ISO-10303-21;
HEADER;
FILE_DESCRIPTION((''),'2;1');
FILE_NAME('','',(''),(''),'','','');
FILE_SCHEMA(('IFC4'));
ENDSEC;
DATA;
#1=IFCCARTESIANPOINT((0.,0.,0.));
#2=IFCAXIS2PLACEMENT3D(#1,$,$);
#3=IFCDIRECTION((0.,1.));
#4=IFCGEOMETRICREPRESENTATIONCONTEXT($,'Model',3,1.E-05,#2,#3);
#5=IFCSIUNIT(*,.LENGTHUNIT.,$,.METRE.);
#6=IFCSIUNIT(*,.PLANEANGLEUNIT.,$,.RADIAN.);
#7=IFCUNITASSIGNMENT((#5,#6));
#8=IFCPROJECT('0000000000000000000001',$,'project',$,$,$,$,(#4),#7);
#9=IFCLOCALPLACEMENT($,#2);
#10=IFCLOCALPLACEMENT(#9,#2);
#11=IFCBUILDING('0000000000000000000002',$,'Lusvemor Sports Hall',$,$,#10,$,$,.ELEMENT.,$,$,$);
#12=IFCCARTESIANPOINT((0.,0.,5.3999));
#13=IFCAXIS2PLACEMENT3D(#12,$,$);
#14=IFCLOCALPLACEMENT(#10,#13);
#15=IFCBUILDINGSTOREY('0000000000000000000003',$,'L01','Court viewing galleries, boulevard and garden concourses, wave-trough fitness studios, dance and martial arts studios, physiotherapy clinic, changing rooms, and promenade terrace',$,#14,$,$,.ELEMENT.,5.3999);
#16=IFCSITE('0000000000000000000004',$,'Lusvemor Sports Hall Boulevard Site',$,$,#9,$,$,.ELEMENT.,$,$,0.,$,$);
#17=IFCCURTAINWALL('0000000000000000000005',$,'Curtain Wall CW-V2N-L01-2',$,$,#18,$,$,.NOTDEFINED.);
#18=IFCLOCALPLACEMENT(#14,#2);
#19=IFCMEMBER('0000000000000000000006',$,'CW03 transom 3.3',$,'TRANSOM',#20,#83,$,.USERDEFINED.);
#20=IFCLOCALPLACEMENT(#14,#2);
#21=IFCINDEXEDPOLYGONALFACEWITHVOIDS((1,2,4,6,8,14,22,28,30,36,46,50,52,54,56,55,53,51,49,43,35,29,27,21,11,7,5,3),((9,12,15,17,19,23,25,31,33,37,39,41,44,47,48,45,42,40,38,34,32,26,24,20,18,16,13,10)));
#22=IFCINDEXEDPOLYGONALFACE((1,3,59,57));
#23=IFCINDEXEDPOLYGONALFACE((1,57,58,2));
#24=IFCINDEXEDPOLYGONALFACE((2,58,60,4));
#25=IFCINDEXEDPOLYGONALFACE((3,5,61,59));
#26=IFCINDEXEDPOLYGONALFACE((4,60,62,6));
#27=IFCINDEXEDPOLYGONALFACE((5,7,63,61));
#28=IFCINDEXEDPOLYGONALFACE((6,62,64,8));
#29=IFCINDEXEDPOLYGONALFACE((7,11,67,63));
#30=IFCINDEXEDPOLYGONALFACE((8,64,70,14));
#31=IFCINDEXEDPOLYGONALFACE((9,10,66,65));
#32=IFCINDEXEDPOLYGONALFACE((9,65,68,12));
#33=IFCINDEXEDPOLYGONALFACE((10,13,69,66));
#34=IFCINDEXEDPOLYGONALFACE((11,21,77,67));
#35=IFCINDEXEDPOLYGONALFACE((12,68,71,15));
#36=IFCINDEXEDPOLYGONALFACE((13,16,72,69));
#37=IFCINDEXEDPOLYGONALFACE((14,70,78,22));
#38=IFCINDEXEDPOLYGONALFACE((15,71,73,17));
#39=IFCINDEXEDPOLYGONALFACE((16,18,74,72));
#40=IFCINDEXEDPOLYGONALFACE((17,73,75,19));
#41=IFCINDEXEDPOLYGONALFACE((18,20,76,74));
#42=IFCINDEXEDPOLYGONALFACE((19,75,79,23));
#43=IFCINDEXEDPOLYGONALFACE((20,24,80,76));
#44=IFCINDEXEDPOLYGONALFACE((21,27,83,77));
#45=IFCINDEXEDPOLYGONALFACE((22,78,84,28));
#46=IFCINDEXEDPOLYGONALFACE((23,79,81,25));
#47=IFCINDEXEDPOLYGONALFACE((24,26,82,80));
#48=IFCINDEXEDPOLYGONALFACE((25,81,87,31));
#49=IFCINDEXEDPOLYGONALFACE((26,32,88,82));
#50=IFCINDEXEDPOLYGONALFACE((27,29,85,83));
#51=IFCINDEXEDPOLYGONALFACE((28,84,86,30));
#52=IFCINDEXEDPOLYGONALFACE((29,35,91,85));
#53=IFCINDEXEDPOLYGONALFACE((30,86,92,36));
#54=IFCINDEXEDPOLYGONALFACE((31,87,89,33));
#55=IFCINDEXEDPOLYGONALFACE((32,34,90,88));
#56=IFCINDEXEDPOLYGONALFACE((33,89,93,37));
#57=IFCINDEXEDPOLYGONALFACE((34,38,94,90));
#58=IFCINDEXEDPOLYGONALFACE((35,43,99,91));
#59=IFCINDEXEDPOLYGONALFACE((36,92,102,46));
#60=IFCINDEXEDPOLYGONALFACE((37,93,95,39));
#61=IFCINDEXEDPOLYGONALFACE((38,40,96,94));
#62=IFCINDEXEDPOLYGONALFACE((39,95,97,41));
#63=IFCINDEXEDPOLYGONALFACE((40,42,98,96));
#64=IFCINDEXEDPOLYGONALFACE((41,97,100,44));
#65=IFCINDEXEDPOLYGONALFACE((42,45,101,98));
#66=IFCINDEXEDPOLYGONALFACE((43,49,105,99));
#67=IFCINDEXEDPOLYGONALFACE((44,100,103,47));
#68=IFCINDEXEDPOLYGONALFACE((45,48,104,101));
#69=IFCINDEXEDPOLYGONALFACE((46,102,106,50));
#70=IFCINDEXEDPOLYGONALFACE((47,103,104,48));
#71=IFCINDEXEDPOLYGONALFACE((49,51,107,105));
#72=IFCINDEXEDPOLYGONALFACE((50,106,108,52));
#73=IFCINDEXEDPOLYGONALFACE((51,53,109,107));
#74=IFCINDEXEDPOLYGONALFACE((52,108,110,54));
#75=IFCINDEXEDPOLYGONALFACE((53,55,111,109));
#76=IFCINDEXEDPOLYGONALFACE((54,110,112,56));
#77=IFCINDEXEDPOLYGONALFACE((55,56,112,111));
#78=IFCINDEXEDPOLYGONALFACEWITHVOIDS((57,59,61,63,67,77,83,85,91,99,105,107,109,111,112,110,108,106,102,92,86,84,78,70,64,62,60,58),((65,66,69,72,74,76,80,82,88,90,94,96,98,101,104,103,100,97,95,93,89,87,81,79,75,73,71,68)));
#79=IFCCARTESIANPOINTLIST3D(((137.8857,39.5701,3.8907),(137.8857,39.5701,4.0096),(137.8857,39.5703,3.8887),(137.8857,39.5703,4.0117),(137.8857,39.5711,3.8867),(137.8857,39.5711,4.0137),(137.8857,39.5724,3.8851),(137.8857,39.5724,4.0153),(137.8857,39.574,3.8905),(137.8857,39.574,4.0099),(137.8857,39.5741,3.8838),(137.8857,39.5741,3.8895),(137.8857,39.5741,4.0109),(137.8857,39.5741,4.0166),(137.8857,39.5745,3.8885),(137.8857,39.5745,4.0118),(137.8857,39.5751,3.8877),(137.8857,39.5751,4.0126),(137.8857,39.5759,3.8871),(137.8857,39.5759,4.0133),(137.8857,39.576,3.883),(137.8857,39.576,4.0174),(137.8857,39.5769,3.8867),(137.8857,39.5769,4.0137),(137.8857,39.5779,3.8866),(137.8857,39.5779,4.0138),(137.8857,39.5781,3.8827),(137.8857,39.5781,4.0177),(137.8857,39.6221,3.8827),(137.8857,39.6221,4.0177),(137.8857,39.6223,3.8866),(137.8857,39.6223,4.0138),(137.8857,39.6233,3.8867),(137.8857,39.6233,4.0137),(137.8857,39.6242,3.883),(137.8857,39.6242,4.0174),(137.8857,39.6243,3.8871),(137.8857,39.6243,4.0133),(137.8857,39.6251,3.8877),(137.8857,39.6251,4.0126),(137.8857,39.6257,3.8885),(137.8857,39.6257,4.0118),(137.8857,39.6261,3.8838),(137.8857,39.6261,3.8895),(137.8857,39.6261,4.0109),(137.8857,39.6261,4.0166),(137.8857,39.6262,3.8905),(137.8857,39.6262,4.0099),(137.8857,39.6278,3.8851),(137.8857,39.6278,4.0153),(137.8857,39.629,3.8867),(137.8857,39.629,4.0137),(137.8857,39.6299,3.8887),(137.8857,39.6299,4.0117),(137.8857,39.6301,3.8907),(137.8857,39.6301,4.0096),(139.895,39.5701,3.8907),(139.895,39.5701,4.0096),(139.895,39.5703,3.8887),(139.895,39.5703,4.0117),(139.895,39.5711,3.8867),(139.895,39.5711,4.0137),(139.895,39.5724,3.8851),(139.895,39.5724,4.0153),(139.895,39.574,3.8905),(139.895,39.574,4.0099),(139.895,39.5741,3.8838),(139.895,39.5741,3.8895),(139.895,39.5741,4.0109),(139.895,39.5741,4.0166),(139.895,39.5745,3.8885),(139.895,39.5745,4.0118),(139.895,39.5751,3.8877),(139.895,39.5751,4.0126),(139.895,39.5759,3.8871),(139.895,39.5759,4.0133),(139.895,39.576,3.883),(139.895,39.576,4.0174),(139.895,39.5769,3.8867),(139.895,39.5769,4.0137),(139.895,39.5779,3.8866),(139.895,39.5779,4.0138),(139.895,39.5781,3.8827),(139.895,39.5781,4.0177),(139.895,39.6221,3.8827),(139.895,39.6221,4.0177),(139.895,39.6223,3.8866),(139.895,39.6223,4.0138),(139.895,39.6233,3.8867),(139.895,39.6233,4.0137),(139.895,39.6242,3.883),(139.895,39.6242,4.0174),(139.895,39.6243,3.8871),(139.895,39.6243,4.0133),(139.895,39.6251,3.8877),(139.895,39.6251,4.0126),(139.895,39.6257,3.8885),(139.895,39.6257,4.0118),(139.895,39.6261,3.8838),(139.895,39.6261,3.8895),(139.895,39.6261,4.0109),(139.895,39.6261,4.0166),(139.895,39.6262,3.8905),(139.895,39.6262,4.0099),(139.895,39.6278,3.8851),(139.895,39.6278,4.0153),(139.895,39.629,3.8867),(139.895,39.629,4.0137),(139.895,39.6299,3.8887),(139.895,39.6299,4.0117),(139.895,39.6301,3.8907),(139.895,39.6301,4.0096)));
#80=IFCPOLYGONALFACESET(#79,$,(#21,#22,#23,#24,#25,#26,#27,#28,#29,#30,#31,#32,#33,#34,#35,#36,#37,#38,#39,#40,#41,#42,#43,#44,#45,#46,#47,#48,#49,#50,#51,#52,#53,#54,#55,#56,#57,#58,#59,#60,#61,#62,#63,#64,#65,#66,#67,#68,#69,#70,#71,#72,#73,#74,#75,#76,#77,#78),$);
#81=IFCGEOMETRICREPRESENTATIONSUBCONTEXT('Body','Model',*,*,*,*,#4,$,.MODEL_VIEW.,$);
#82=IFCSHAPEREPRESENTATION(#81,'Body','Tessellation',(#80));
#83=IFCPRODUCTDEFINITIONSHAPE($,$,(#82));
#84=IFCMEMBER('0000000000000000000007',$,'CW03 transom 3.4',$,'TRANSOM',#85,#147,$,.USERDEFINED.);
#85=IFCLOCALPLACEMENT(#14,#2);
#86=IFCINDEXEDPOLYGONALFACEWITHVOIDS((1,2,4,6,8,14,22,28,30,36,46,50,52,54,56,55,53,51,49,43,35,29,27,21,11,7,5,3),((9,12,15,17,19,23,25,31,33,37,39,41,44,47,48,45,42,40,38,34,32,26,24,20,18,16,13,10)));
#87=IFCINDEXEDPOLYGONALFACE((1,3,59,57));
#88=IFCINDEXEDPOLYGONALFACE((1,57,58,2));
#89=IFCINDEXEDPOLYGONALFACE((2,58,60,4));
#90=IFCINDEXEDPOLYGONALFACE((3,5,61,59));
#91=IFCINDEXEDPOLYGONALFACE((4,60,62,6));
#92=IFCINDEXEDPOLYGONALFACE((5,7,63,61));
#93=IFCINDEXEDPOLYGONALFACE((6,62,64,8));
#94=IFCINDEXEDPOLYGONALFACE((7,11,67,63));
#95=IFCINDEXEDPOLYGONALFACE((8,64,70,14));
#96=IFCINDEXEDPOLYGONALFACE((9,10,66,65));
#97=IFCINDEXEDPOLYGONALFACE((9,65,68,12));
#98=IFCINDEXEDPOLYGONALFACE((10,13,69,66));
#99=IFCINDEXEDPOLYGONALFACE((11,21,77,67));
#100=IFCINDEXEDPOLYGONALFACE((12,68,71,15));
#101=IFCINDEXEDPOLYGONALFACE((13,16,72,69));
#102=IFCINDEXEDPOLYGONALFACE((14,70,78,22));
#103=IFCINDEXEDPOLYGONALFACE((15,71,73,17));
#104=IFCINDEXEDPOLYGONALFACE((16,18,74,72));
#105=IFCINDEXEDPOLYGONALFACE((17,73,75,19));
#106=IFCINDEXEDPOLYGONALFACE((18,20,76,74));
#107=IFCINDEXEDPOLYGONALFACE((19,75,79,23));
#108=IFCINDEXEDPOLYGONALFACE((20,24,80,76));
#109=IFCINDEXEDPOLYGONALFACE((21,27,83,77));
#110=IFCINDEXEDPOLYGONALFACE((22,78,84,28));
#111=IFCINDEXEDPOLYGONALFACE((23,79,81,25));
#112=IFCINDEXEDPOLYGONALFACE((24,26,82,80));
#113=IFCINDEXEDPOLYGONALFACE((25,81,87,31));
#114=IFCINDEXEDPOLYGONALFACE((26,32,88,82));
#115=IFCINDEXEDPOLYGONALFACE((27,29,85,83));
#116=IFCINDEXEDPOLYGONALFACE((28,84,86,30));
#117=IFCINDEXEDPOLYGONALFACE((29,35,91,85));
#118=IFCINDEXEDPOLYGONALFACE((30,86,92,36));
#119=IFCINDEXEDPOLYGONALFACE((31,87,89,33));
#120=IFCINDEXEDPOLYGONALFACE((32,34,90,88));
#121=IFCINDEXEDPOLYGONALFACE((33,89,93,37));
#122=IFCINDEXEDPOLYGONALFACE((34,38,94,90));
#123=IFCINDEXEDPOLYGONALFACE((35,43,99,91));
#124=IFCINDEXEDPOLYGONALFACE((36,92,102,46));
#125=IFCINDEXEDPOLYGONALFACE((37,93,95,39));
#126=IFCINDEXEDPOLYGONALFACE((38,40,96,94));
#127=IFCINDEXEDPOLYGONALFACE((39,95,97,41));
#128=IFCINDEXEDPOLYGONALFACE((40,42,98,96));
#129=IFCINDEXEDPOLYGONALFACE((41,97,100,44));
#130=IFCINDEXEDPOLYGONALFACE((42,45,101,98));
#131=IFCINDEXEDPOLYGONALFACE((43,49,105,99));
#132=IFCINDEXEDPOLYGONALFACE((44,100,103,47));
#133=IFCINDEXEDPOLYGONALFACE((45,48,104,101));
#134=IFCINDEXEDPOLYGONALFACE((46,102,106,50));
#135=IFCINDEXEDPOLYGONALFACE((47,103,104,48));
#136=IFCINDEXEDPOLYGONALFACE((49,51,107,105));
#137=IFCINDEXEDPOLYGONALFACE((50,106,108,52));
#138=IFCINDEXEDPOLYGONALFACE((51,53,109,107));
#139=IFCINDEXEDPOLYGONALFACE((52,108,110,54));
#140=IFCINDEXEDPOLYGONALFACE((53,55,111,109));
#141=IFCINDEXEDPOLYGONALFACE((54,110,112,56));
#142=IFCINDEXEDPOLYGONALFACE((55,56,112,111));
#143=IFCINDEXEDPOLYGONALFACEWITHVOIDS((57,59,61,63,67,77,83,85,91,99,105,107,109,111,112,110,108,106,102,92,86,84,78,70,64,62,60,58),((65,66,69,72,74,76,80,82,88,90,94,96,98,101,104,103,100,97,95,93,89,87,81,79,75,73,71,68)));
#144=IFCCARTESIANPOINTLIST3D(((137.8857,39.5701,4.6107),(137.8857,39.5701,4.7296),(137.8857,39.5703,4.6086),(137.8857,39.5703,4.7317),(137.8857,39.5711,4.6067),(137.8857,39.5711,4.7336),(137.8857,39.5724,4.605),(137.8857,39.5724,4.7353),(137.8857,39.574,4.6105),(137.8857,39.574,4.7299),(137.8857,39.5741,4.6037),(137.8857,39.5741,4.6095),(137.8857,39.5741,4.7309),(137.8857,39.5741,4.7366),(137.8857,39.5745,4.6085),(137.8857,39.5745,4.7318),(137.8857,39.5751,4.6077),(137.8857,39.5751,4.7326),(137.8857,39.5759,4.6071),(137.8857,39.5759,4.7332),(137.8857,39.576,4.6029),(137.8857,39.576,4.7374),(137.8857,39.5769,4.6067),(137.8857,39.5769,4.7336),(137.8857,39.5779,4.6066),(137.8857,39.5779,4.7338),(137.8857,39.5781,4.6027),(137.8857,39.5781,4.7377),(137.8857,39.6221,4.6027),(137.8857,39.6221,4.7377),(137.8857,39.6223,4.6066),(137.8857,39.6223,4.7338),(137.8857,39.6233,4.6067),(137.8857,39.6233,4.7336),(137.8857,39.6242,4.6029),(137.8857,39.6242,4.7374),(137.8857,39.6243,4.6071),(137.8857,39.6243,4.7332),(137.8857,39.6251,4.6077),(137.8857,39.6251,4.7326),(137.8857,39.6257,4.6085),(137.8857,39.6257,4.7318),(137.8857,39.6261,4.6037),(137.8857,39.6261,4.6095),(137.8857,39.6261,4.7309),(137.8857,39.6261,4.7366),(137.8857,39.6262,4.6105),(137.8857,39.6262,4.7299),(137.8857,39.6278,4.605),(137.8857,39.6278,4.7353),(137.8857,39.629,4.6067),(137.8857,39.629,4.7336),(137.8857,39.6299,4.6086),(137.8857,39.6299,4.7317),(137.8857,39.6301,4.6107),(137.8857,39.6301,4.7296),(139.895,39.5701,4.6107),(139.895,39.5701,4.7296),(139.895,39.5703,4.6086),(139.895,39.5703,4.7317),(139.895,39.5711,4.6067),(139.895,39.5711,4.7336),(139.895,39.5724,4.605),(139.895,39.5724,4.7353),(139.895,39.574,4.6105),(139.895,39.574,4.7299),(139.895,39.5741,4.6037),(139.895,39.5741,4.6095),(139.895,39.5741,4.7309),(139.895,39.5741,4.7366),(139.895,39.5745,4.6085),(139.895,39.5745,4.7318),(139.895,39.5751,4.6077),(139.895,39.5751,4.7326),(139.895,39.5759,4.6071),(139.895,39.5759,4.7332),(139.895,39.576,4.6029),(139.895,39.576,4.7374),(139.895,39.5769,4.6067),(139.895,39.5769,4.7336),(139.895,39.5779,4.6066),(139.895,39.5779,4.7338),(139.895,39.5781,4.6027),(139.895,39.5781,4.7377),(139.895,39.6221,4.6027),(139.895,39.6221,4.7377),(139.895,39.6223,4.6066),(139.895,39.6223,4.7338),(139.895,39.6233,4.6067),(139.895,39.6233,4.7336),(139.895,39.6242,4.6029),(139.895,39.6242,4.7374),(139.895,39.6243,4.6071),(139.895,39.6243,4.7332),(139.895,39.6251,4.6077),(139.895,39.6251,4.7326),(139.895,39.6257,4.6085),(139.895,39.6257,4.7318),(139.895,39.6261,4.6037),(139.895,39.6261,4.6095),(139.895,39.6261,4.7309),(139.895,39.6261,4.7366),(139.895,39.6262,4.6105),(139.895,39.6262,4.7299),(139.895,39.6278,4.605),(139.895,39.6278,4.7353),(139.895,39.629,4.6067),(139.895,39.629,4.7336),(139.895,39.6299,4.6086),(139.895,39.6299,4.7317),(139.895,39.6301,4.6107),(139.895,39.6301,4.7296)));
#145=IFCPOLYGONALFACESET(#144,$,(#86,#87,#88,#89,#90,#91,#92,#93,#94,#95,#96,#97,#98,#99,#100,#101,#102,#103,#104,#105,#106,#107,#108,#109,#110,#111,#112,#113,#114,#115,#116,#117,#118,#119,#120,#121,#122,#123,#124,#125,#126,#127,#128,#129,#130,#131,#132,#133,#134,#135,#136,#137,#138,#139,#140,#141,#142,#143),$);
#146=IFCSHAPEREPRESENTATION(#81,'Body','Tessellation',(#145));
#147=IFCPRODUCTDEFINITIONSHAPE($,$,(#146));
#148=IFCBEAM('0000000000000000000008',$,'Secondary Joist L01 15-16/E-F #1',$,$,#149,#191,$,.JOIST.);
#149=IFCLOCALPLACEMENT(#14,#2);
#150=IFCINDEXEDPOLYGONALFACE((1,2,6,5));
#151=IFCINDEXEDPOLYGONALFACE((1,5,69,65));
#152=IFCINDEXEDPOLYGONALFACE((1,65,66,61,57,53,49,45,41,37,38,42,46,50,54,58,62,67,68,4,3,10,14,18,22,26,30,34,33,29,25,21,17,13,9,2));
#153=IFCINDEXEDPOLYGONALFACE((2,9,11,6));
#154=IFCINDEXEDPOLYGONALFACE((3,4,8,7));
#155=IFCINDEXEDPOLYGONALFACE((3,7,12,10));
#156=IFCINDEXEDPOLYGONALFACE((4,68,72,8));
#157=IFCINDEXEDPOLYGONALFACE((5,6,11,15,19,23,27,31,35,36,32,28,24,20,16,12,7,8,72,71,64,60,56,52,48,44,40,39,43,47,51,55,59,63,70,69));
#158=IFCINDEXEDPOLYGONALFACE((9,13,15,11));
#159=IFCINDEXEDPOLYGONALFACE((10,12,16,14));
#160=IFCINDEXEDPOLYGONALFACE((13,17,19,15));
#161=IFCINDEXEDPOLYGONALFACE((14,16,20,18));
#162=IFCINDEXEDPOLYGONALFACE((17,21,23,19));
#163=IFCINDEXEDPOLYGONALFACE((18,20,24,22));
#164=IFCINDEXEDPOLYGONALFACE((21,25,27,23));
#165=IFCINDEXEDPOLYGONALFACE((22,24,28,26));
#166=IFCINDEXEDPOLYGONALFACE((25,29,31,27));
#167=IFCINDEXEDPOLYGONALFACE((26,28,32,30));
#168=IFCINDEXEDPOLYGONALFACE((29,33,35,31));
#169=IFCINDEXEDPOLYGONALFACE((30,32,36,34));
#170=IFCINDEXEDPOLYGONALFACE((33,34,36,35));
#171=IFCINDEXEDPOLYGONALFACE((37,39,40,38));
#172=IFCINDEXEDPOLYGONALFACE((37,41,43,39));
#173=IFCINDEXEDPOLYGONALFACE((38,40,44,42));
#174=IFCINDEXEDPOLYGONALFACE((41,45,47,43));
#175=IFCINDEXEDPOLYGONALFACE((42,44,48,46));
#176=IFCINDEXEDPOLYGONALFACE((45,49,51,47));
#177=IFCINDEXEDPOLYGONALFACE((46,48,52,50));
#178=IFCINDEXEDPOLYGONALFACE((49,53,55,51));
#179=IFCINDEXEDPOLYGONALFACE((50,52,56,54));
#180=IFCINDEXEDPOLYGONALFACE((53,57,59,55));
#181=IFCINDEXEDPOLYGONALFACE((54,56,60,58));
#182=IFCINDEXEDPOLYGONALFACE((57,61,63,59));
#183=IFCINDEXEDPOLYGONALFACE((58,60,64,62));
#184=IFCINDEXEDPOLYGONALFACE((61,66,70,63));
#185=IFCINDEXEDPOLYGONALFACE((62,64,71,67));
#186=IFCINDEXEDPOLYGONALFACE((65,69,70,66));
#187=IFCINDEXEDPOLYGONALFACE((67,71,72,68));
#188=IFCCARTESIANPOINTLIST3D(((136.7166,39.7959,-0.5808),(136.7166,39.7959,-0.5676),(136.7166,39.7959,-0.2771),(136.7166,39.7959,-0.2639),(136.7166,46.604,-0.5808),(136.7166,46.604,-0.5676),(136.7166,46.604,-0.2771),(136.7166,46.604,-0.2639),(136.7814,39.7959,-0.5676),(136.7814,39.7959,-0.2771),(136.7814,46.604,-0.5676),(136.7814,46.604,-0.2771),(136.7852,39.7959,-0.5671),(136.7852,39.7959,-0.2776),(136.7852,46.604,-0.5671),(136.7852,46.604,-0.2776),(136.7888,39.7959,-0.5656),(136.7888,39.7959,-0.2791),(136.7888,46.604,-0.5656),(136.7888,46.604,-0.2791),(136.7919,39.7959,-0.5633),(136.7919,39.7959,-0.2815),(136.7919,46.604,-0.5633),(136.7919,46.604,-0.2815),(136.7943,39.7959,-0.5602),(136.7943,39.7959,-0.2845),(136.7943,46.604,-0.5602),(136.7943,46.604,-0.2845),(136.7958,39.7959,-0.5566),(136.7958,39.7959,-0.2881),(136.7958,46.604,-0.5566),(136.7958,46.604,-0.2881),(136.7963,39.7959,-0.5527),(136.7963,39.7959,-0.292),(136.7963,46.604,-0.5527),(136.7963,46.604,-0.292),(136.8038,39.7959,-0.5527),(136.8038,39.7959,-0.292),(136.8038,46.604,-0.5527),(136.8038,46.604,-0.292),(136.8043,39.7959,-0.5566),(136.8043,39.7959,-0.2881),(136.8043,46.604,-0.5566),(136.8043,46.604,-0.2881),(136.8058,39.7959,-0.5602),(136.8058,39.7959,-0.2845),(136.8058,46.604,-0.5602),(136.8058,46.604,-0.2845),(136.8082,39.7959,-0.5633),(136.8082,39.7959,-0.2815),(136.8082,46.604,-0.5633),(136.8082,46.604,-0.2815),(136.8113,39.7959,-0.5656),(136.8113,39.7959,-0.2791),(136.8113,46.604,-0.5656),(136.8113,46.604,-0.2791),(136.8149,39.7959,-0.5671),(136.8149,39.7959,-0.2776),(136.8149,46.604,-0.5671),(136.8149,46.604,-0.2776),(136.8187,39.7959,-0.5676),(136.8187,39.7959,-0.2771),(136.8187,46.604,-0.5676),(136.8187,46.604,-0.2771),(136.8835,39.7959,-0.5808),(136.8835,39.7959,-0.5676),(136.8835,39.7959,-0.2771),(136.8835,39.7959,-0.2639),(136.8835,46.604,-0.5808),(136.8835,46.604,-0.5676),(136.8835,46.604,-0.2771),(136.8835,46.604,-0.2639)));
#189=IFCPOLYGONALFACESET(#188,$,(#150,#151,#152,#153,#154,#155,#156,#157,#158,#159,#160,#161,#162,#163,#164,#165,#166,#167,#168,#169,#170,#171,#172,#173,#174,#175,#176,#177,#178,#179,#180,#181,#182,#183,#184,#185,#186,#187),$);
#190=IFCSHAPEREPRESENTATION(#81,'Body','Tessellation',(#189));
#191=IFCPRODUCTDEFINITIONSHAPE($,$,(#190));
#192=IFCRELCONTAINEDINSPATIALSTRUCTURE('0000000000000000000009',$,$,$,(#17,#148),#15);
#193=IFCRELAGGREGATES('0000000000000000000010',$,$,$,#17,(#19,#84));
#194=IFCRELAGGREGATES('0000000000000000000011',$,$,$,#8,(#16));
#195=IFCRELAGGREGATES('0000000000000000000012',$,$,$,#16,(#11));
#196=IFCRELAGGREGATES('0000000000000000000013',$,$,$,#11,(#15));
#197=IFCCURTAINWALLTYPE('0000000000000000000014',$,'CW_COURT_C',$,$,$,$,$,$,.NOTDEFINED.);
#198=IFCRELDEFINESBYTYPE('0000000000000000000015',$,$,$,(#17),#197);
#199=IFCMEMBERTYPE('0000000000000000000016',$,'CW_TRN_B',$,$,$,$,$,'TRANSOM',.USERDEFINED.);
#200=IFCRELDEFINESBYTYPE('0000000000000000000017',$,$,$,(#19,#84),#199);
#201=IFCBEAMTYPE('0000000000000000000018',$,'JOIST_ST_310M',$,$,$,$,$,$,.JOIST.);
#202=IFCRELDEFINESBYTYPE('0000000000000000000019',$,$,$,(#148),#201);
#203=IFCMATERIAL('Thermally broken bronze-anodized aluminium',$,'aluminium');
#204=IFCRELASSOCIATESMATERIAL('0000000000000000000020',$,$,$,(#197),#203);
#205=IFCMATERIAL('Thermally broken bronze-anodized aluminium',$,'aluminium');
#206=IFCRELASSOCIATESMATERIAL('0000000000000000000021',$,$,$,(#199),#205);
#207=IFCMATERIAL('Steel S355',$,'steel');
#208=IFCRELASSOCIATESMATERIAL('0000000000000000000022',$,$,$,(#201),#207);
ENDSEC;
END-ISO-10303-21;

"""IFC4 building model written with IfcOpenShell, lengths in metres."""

from ifc_helpers import new_model, si_unit, direction, frame, origin, origin_2d, place, context, subcontext, project, spatial, hollow_rectangle, i_section, extrude, material, material_profile, profile_set, type_object, element, aggregate, save


model = new_model("IFC4")

# Units and contexts
model_context = context("Model", 3, precision=1e-05, world=origin(), true_north=direction((0.0, 1.0)))
body_context = subcontext(model_context, "Body", "Model", "MODEL_VIEW")
ifc_project = project(units=[si_unit("LENGTHUNIT", "METRE"), si_unit("PLANEANGLEUNIT", "RADIAN")], contexts=[model_context])

# Site, building, storey
site_placement = place(None, origin())
site = spatial("IfcSite", under=ifc_project, at=site_placement, Name="Lusvemor Sports Hall Boulevard Site", CompositionType="ELEMENT", RefElevation=0.0)
building_placement = place(site_placement, origin())
building = spatial("IfcBuilding", under=site, at=building_placement, Name="Lusvemor Sports Hall", CompositionType="ELEMENT")
storey_placement = place(building_placement, frame((0.0, 0.0, 5.3999)))
storey = spatial("IfcBuildingStorey", under=building, at=storey_placement, Name="L01", Description="Court viewing galleries, boulevard and garden concourses, wave-trough fitness studios, dance and martial arts studios, physiotherapy clinic, changing rooms, and promenade terrace", CompositionType="ELEMENT", Elevation=5.3999)

# Curtain wall, members
ifc_material_1 = material(Name="Thermally broken bronze-anodized aluminium", Category="aluminium")
curtain_wall_type = type_object("IfcCurtainWallType", Name="CW_COURT_C", PredefinedType="NOTDEFINED", material=ifc_material_1)
curtain_wall_placement = place(storey_placement, origin())
curtain_wall = element("IfcCurtainWall", 1, at=curtain_wall_placement, inside=storey, type_object=curtain_wall_type, Name="Curtain Wall CW-V2N-L01-2", PredefinedType="NOTDEFINED")
ifc_material_2 = material(Name="Thermally broken bronze-anodized aluminium", Category="aluminium")
ifc_material_profile_1 = material_profile(ifc_material_2, hollow_rectangle(XDim=0.0601, YDim=0.135, WallThickness=0.0039, InnerFilletRadius=0.0039, OuterFilletRadius=0.0081, at=origin_2d()), Name="CWTRN135x60x4")
ifc_profile_set_1 = profile_set([ifc_material_profile_1], Name="Thermally broken bronze-anodized aluminium")
member_type_1 = type_object("IfcMemberType", Name="CW_TRN_B", ElementType="TRANSOM", PredefinedType="USERDEFINED", material=ifc_profile_set_1)
member_1_placement = place(storey_placement, frame((137.8857, 39.6001, 3.9502), z_axis=(1.0, 0.0, 0.0), x_axis=(0.0, 1.0, 0.0)))
member_1 = element("IfcMember", 2, at=member_1_placement, type_object=member_type_1, Name="CW03 transom 3.3", ObjectType="TRANSOM", PredefinedType="USERDEFINED", context=body_context, shape_type="SweptSolid", body=[
    extrude(hollow_rectangle(XDim=0.0601, YDim=0.135, WallThickness=0.0039, InnerFilletRadius=0.0039, OuterFilletRadius=0.0081, at=origin_2d()), origin(), (0.0, 0.0, 1.0), 2.0093),
])
member_2_placement = place(storey_placement, frame((137.8857, 39.6001, 4.6702), z_axis=(1.0, 0.0, 0.0), x_axis=(0.0, 1.0, 0.0)))
member_2 = element("IfcMember", 3, at=member_2_placement, type_object=member_type_1, Name="CW03 transom 3.4", ObjectType="TRANSOM", PredefinedType="USERDEFINED", context=body_context, shape_type="SweptSolid", body=[
    extrude(hollow_rectangle(XDim=0.0601, YDim=0.135, WallThickness=0.0039, InnerFilletRadius=0.0039, OuterFilletRadius=0.0081, at=origin_2d()), origin(), (0.0, 0.0, 1.0), 2.0093),
])

# Beam
ifc_material_3 = material(Name="Steel S355", Category="steel")
ifc_material_profile_2 = material_profile(ifc_material_3, i_section(OverallWidth=0.167, OverallDepth=0.3169, WebThickness=0.0076, FlangeThickness=0.0132, FilletRadius=0.0149, at=origin_2d()), Name="W310x52.0")
ifc_profile_set_2 = profile_set([ifc_material_profile_2], Name="Steel S355")
beam_type_1 = type_object("IfcBeamType", Name="JOIST_ST_310M", PredefinedType="JOIST", material=ifc_profile_set_2)
beam_1_placement = place(storey_placement, frame((136.8, 39.7959, -0.4224), z_axis=(0.0, 1.0, 0.0), x_axis=(-1.0, 0.0, 0.0)))
element("IfcBeam", 4, at=beam_1_placement, inside=storey, type_object=beam_type_1, Name="Secondary Joist L01 15-16/E-F #1", PredefinedType="JOIST", context=body_context, shape_type="SweptSolid", body=[
    extrude(i_section(OverallWidth=0.167, OverallDepth=0.3169, WebThickness=0.0076, FlangeThickness=0.0132, FilletRadius=0.0149, at=origin_2d()), origin(), (0.0, 0.0, 1.0), 6.8081),
])

aggregate(curtain_wall, [member_1, member_2])

save(model, "model.ifc")
